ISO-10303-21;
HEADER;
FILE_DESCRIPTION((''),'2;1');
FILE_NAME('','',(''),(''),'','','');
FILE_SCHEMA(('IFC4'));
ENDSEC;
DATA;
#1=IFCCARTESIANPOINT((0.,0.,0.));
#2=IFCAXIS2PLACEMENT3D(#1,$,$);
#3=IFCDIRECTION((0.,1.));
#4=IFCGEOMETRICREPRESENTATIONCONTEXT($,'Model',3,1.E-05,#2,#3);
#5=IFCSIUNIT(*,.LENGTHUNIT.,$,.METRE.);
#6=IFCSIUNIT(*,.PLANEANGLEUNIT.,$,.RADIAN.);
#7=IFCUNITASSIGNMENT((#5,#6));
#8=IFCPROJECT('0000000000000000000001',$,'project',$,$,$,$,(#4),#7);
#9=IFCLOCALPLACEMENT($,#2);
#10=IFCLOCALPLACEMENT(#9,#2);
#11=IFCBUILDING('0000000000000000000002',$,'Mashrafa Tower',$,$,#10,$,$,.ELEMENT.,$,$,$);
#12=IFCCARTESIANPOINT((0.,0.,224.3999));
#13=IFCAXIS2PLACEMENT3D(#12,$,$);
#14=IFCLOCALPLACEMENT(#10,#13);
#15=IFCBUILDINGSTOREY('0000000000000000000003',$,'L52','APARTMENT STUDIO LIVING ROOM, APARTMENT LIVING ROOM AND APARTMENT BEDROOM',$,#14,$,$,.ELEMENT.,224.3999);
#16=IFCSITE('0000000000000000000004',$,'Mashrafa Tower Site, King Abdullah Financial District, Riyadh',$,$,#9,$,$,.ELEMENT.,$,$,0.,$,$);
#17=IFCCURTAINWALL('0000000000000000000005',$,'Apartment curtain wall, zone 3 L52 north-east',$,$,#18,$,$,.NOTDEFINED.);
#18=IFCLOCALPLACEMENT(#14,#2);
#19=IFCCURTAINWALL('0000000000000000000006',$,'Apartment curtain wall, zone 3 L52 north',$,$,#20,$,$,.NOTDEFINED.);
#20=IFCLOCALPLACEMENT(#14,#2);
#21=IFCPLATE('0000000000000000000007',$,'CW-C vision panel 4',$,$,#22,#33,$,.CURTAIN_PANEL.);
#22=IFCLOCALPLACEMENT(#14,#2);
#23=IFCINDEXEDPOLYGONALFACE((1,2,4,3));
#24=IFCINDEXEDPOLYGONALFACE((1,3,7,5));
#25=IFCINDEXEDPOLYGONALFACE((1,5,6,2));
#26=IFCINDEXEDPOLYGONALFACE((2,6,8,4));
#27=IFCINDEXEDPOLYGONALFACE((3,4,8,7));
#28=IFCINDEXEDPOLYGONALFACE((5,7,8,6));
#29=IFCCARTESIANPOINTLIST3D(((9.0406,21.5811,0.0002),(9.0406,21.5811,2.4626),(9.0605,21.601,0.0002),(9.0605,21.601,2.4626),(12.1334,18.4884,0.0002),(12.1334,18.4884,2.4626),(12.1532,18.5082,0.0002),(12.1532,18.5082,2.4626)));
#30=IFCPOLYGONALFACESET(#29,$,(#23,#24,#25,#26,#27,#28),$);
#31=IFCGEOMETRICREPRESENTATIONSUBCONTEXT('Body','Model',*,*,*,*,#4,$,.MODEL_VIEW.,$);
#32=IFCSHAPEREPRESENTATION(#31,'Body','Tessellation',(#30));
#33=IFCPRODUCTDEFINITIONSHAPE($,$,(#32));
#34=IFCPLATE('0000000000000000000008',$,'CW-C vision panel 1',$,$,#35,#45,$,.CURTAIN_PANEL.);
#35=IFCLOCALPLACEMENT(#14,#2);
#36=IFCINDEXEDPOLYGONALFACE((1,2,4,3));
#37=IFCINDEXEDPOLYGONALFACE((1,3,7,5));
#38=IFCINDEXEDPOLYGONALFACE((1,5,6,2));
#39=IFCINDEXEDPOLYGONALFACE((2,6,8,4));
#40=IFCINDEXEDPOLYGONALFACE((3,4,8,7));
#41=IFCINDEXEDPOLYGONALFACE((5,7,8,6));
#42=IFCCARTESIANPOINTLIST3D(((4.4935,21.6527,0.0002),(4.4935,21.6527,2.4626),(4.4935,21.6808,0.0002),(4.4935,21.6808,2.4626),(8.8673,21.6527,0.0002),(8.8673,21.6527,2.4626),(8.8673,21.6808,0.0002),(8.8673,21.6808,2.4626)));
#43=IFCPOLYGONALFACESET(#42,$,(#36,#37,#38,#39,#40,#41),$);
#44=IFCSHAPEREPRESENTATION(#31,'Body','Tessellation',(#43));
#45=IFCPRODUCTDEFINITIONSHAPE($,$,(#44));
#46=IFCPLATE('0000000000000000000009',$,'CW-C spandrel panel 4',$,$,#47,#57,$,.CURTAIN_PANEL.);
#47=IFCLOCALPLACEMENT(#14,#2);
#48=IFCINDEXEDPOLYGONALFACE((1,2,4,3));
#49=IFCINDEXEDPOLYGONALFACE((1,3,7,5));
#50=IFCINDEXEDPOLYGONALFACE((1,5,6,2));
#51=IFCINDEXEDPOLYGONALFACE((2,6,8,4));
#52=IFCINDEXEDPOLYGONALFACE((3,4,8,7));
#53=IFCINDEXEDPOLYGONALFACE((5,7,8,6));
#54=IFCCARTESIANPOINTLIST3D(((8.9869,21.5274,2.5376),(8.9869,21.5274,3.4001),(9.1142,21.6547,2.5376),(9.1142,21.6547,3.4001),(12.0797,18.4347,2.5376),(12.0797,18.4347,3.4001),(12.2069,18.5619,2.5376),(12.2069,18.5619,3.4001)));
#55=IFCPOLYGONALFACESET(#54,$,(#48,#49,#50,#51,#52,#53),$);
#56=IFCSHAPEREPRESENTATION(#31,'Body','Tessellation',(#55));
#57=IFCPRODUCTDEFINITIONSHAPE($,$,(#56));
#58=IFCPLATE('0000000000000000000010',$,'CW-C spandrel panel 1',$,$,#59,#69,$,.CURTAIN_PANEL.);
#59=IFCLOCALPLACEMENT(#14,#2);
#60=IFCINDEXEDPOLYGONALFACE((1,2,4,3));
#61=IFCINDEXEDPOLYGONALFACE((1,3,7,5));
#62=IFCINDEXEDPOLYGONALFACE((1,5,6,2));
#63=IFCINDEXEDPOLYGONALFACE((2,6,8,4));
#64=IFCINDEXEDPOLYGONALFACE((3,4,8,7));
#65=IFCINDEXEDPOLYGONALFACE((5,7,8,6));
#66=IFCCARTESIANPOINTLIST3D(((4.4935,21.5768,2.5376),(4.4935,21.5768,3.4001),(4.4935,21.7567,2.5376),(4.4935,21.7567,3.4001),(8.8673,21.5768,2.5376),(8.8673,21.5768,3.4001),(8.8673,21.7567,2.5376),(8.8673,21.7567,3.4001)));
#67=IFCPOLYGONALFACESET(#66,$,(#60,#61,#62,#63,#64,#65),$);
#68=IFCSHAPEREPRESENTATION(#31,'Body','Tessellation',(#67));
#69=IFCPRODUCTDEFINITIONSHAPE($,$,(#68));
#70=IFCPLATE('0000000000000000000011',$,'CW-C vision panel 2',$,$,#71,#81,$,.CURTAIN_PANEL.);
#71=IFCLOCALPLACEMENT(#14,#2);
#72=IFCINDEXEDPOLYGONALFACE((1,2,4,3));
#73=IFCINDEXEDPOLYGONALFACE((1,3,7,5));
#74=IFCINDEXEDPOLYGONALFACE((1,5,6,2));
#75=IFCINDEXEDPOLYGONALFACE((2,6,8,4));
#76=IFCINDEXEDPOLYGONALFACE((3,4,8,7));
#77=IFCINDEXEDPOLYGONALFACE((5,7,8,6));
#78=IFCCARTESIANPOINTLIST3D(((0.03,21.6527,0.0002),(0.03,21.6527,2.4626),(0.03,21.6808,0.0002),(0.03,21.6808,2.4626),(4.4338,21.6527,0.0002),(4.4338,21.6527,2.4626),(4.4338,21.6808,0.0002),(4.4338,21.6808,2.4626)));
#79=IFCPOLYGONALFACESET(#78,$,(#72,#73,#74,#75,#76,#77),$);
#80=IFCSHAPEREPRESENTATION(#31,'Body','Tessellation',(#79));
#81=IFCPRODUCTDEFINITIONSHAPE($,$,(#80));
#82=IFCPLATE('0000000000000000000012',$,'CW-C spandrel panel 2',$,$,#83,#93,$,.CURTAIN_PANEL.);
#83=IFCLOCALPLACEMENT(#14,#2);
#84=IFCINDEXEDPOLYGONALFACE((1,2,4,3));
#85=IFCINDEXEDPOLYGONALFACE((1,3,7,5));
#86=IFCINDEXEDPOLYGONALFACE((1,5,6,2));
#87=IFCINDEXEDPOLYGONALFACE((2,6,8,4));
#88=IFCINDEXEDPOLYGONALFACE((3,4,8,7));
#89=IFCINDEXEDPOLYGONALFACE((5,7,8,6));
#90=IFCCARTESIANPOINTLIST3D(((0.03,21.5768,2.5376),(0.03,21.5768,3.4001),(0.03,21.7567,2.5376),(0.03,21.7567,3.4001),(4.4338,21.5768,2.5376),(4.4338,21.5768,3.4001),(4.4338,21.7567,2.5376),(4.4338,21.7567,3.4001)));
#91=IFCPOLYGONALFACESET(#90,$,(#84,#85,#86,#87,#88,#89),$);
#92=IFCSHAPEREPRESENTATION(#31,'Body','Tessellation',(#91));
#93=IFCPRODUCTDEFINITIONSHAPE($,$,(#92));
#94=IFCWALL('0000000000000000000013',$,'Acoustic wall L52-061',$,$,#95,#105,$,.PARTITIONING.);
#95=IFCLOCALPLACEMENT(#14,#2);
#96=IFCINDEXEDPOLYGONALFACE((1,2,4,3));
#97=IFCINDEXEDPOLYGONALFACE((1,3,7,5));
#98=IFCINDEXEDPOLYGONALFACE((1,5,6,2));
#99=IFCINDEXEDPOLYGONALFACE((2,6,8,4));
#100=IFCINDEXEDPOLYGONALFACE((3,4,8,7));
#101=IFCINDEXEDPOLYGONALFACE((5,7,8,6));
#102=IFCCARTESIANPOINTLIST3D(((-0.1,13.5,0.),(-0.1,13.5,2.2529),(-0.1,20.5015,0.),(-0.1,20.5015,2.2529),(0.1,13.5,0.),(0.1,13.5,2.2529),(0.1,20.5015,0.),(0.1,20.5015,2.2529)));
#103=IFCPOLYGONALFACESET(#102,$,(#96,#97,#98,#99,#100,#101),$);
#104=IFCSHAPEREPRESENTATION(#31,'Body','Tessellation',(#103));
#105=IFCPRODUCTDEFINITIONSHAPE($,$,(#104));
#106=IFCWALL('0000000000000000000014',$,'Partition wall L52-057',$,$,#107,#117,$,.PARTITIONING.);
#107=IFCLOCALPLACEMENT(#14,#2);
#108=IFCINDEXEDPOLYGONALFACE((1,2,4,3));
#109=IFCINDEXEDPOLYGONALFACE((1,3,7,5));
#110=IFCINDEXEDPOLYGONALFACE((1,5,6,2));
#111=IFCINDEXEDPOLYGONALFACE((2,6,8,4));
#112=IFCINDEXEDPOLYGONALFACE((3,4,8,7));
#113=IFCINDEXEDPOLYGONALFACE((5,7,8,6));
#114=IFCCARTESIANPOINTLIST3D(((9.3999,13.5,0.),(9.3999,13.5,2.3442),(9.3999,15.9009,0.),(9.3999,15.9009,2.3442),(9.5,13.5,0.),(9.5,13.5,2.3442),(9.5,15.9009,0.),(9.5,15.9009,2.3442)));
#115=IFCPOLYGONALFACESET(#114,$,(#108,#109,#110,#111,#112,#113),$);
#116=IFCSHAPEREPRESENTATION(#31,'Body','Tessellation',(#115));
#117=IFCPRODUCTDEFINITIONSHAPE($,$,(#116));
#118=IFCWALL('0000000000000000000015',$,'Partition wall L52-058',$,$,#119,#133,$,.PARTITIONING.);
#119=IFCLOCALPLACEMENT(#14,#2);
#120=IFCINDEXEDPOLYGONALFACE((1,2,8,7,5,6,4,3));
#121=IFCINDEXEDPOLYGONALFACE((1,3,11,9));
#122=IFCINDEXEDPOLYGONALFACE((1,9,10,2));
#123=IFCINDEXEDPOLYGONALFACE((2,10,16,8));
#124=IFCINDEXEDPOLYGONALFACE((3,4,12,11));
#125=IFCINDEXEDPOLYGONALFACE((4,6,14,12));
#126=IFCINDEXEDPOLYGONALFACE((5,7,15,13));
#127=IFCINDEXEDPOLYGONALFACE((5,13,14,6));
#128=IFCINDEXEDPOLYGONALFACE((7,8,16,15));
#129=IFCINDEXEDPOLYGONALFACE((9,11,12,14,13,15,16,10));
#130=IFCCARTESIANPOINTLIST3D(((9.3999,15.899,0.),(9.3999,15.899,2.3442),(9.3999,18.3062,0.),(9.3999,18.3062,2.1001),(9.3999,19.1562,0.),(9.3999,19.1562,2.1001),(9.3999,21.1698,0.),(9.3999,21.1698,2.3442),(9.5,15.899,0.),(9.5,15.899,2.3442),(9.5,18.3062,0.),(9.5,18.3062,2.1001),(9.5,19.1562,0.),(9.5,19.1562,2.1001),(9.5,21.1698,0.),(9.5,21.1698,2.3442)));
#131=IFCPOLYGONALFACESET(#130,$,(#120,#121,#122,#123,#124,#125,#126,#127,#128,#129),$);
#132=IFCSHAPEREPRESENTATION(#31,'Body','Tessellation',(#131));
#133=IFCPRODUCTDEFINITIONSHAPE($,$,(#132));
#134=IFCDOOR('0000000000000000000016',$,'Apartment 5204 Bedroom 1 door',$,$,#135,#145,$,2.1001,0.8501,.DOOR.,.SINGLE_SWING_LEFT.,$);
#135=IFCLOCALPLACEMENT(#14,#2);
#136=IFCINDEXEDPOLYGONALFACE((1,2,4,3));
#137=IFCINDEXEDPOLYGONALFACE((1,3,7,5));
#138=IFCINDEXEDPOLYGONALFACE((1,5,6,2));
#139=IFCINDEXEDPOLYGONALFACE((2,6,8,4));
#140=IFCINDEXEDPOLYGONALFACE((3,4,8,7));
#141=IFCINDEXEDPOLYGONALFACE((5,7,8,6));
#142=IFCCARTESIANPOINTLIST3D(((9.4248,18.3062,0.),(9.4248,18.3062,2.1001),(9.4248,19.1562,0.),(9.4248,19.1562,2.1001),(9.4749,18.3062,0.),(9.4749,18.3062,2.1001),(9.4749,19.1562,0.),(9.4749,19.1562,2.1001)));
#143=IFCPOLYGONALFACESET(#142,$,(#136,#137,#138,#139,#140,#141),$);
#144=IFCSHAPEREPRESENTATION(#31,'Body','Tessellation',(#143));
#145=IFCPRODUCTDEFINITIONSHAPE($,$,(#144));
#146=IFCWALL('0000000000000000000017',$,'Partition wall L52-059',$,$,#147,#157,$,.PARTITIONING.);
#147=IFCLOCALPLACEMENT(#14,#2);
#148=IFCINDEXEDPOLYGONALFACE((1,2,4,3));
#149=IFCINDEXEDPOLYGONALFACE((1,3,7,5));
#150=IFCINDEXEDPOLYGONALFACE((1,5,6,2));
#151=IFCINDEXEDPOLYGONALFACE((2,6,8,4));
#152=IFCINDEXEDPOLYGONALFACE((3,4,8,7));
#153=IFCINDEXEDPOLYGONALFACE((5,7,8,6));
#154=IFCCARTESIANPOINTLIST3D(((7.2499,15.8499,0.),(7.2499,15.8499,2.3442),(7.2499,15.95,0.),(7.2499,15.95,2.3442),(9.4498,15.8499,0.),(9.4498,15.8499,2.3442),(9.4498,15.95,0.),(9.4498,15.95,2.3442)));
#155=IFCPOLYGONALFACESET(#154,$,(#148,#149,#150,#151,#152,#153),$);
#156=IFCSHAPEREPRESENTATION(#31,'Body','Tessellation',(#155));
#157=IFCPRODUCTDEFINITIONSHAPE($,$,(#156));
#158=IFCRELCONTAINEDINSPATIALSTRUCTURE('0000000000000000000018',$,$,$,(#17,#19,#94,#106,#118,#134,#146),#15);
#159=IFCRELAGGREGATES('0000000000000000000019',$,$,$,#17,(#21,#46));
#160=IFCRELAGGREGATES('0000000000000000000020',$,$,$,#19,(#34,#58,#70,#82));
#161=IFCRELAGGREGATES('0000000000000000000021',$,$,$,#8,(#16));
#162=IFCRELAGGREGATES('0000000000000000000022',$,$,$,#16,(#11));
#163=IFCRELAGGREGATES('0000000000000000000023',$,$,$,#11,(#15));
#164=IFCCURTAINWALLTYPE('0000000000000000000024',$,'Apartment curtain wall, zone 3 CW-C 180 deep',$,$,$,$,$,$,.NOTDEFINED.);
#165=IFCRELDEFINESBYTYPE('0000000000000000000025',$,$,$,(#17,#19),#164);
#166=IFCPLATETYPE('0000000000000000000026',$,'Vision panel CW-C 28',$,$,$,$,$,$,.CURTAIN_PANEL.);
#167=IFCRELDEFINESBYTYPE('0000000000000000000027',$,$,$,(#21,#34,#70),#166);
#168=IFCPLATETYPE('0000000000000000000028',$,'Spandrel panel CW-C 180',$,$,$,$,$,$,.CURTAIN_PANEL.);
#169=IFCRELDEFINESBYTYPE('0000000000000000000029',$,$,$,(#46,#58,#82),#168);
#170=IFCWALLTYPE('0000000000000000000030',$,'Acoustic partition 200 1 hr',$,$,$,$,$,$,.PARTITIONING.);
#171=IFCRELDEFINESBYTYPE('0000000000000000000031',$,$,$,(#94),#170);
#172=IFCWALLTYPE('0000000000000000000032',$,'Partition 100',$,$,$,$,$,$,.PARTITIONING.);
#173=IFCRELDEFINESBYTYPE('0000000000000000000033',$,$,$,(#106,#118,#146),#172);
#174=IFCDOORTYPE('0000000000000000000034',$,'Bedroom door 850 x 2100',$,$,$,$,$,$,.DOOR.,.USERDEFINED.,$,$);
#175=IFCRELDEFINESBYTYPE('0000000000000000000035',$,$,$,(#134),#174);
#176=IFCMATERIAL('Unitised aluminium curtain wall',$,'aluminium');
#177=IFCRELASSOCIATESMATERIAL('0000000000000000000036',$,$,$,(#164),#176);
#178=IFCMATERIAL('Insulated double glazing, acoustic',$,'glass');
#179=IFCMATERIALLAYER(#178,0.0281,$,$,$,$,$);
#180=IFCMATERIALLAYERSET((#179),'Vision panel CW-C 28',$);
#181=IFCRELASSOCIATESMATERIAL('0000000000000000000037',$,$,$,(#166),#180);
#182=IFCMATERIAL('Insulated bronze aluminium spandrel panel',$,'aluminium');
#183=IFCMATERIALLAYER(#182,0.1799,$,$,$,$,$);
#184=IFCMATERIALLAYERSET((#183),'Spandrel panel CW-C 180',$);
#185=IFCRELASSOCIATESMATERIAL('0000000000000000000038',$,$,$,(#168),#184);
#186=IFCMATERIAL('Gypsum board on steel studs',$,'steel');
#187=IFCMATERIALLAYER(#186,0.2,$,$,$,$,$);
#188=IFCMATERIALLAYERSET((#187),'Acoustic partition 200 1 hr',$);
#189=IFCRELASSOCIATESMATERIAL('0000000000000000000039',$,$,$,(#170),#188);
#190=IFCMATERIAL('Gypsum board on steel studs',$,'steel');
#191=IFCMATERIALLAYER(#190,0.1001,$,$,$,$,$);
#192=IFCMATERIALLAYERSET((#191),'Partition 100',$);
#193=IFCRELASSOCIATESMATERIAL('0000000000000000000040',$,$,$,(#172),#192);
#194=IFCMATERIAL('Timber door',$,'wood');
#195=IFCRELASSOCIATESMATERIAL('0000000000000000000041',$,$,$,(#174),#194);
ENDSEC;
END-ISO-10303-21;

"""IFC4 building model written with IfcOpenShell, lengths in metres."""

from ifc_helpers import new_model, si_unit, direction, frame, frame_2d, origin, origin_2d, place, context, subcontext, project, spatial, rectangle, extrude, source, transform, mapped, material, layer, layer_set, type_object, type_shapes, element, fill, aggregate, save


model = new_model("IFC4")

# Units and contexts
model_context = context("Model", 3, precision=1e-05, world=origin(), true_north=direction((0.0, 1.0)))
body_context = subcontext(model_context, "Body", "Model", "MODEL_VIEW")
ifc_project = project(units=[si_unit("LENGTHUNIT", "METRE"), si_unit("PLANEANGLEUNIT", "RADIAN")], contexts=[model_context])

# Site, building, storey
site_placement = place(None, origin())
site = spatial("IfcSite", under=ifc_project, at=site_placement, Name="Mashrafa Tower Site, King Abdullah Financial District, Riyadh", CompositionType="ELEMENT", RefElevation=0.0)
building_placement = place(site_placement, origin())
building = spatial("IfcBuilding", under=site, at=building_placement, Name="Mashrafa Tower", CompositionType="ELEMENT")
storey_placement = place(building_placement, frame((0.0, 0.0, 224.3999)))
storey = spatial("IfcBuildingStorey", under=building, at=storey_placement, Name="L52", Description="APARTMENT STUDIO LIVING ROOM, APARTMENT LIVING ROOM AND APARTMENT BEDROOM", CompositionType="ELEMENT", Elevation=224.3999)

# Curtain wall
ifc_material_1 = material(Name="Unitised aluminium curtain wall", Category="aluminium")
curtain_wall_type = type_object("IfcCurtainWallType", Name="Apartment curtain wall, zone 3 CW-C 180 deep", PredefinedType="NOTDEFINED", material=ifc_material_1)
curtain_wall_1_placement = place(storey_placement, origin())
curtain_wall_1 = element("IfcCurtainWall", 1, at=curtain_wall_1_placement, inside=storey, type_object=curtain_wall_type, Name="Apartment curtain wall, zone 3 L52 north-east", PredefinedType="NOTDEFINED")

# Curtain wall
curtain_wall_2_placement = place(storey_placement, origin())
curtain_wall_2 = element("IfcCurtainWall", 2, at=curtain_wall_2_placement, inside=storey, type_object=curtain_wall_type, Name="Apartment curtain wall, zone 3 L52 north", PredefinedType="NOTDEFINED")

# Plates
ifc_material_2 = material(Name="Insulated double glazing, acoustic", Category="glass")
ifc_layer_1 = layer(ifc_material_2, 0.0281)
ifc_layer_set_1 = layer_set([ifc_layer_1], Name="Vision panel CW-C 28")
plate_type_1 = type_object("IfcPlateType", Name="Vision panel CW-C 28", PredefinedType="CURTAIN_PANEL", material=ifc_layer_set_1)
shared_shape_1 = source(origin(), body_context, "Body", "SweptSolid", [
    extrude(rectangle(XDim=4.3738, YDim=0.0281, at=origin_2d()), origin(), (0.0, 0.0, 1.0), 2.4624),
])
plate_1_placement = place(storey_placement, frame((10.5969, 20.0447, 0.0002), z_axis=(0.0, 0.0, 1.0), x_axis=(-0.707107, 0.707107, 0.0)))
plate_1 = element("IfcPlate", 3, at=plate_1_placement, type_object=plate_type_1, Name="CW-C vision panel 4", PredefinedType="CURTAIN_PANEL", context=body_context, shape_type="MappedRepresentation", body=[
    mapped(shared_shape_1, transform((0.0, 0.0, 0.0))),
])
plate_2_placement = place(storey_placement, frame((6.6804, 21.6667, 0.0002), z_axis=(0.0, 0.0, 1.0), x_axis=(-1.0, 0.0, 0.0)))
plate_2 = element("IfcPlate", 4, at=plate_2_placement, type_object=plate_type_1, Name="CW-C vision panel 1", PredefinedType="CURTAIN_PANEL", context=body_context, shape_type="MappedRepresentation", body=[
    mapped(shared_shape_1, transform((0.0, 0.0, 0.0))),
])
ifc_material_3 = material(Name="Insulated bronze aluminium spandrel panel", Category="aluminium")
ifc_layer_2 = layer(ifc_material_3, 0.1799)
ifc_layer_set_2 = layer_set([ifc_layer_2], Name="Spandrel panel CW-C 180")
plate_type_2 = type_object("IfcPlateType", Name="Spandrel panel CW-C 180", PredefinedType="CURTAIN_PANEL", material=ifc_layer_set_2)
shared_shape_2 = source(origin(), body_context, "Body", "SweptSolid", [
    extrude(rectangle(XDim=4.3738, YDim=0.1799, at=origin_2d()), origin(), (0.0, 0.0, 1.0), 0.8625),
])
plate_3_placement = place(storey_placement, frame((10.5969, 20.0447, 2.5376), z_axis=(0.0, 0.0, 1.0), x_axis=(-0.707107, 0.707107, 0.0)))
plate_3 = element("IfcPlate", 5, at=plate_3_placement, type_object=plate_type_2, Name="CW-C spandrel panel 4", PredefinedType="CURTAIN_PANEL", context=body_context, shape_type="MappedRepresentation", body=[
    mapped(shared_shape_2, transform((0.0, 0.0, 0.0))),
])
aggregate(curtain_wall_1, [plate_1, plate_3])
plate_4_placement = place(storey_placement, frame((6.6804, 21.6667, 2.5376), z_axis=(0.0, 0.0, 1.0), x_axis=(-1.0, 0.0, 0.0)))
plate_4 = element("IfcPlate", 6, at=plate_4_placement, type_object=plate_type_2, Name="CW-C spandrel panel 1", PredefinedType="CURTAIN_PANEL", context=body_context, shape_type="MappedRepresentation", body=[
    mapped(shared_shape_2, transform((0.0, 0.0, 0.0))),
])
shared_shape_3 = source(origin(), body_context, "Body", "SweptSolid", [
    extrude(rectangle(XDim=4.4038, YDim=0.0281, at=origin_2d()), origin(), (0.0, 0.0, 1.0), 2.4624),
])
type_shapes(plate_type_1, [shared_shape_1, shared_shape_3])
plate_5_placement = place(storey_placement, frame((2.2319, 21.6667, 0.0002), z_axis=(0.0, 0.0, 1.0), x_axis=(-1.0, 0.0, 0.0)))
plate_5 = element("IfcPlate", 7, at=plate_5_placement, type_object=plate_type_1, Name="CW-C vision panel 2", PredefinedType="CURTAIN_PANEL", context=body_context, shape_type="MappedRepresentation", body=[
    mapped(shared_shape_3, transform((0.0, 0.0, 0.0))),
])
shared_shape_4 = source(origin(), body_context, "Body", "SweptSolid", [
    extrude(rectangle(XDim=4.4038, YDim=0.1799, at=origin_2d()), origin(), (0.0, 0.0, 1.0), 0.8625),
])
type_shapes(plate_type_2, [shared_shape_2, shared_shape_4])
plate_6_placement = place(storey_placement, frame((2.2319, 21.6667, 2.5376), z_axis=(0.0, 0.0, 1.0), x_axis=(-1.0, 0.0, 0.0)))
plate_6 = element("IfcPlate", 8, at=plate_6_placement, type_object=plate_type_2, Name="CW-C spandrel panel 2", PredefinedType="CURTAIN_PANEL", context=body_context, shape_type="MappedRepresentation", body=[
    mapped(shared_shape_4, transform((0.0, 0.0, 0.0))),
])
aggregate(curtain_wall_2, [plate_2, plate_4, plate_5, plate_6])

# Walls
ifc_material_4 = material(Name="Gypsum board on steel studs", Category="steel")
ifc_layer_3 = layer(ifc_material_4, 0.2)
ifc_layer_set_3 = layer_set([ifc_layer_3], Name="Acoustic partition 200 1 hr")
wall_type_1 = type_object("IfcWallType", Name="Acoustic partition 200 1 hr", PredefinedType="PARTITIONING", material=ifc_layer_set_3)
wall_1_placement = place(storey_placement, frame((0.0, 20.5015, 0.0), z_axis=(0.0, 0.0, 1.0), x_axis=(0.0, -1.0, 0.0)))
element("IfcWall", 9, at=wall_1_placement, inside=storey, type_object=wall_type_1, Name="Acoustic wall L52-061", PredefinedType="PARTITIONING", context=body_context, shape_type="SweptSolid", body=[
    extrude(rectangle(XDim=7.0015, YDim=0.2, at=frame_2d((3.5007, 0.0))), origin(), (0.0, 0.0, 1.0), 2.2529),
])
ifc_material_5 = material(Name="Gypsum board on steel studs", Category="steel")
ifc_layer_4 = layer(ifc_material_5, 0.1001)
ifc_layer_set_4 = layer_set([ifc_layer_4], Name="Partition 100")
wall_type_2 = type_object("IfcWallType", Name="Partition 100", PredefinedType="PARTITIONING", material=ifc_layer_set_4)
wall_2_placement = place(storey_placement, frame((9.45, 15.9009, 0.0), z_axis=(0.0, 0.0, 1.0), x_axis=(0.0, -1.0, 0.0)))
element("IfcWall", 10, at=wall_2_placement, inside=storey, type_object=wall_type_2, Name="Partition wall L52-057", PredefinedType="PARTITIONING", context=body_context, shape_type="SweptSolid", body=[
    extrude(rectangle(XDim=2.4009, YDim=0.1001, at=frame_2d((1.2004, 0.0))), origin(), (0.0, 0.0, 1.0), 2.3442),
])

# Wall, opening, door
wall_3_placement = place(storey_placement, frame((9.45, 21.1697, 0.0), z_axis=(0.0, 0.0, 1.0), x_axis=(0.0, -1.0, 0.0)))
wall_3 = element("IfcWall", 11, at=wall_3_placement, inside=storey, type_object=wall_type_2, Name="Partition wall L52-058", PredefinedType="PARTITIONING", context=body_context, shape_type="SweptSolid", body=[
    extrude(rectangle(XDim=5.2708, YDim=0.1001, at=frame_2d((2.6353, 0.0))), origin(), (0.0, 0.0, 1.0), 2.3442),
])
opening_1_placement = place(wall_3_placement, frame((2.0134, 0.0, 0.0)))
opening_1 = element("IfcOpeningElement", 12, at=opening_1_placement, cuts=wall_3, PredefinedType="OPENING", context=body_context, shape_type="SweptSolid", body=[
    extrude(rectangle(XDim=0.8501, YDim=2.1001, at=frame_2d((0.425, 1.05))), frame((0.0, 0.0601, 0.0), z_axis=(0.0, -1.0, 0.0), x_axis=(1.0, 0.0, 0.0)), (0.0, 0.0, 1.0), 0.1201),
])
ifc_material_6 = material(Name="Timber door", Category="wood")
door_type_1 = type_object("IfcDoorType", Name="Bedroom door 850 x 2100", OperationType="USERDEFINED", PredefinedType="DOOR", material=ifc_material_6)
door_1_placement = place(opening_1_placement, origin())
door_1 = element("IfcDoor", 13, at=door_1_placement, inside=storey, type_object=door_type_1, Name="Apartment 5204 Bedroom 1 door", OperationType="SINGLE_SWING_LEFT", OverallHeight=2.1001, OverallWidth=0.8501, PredefinedType="DOOR", context=body_context, shape_type="SweptSolid", body=[
    extrude(rectangle(XDim=0.8501, YDim=2.1001, at=frame_2d((0.425, 1.05))), frame((0.0, 0.0249, 0.0), z_axis=(0.0, -1.0, 0.0), x_axis=(1.0, 0.0, 0.0)), (0.0, 0.0, 1.0), 0.05),
])
fill(opening_1, door_1)

# Wall
wall_4_placement = place(storey_placement, frame((9.45, 15.8999, 0.0), z_axis=(0.0, 0.0, 1.0), x_axis=(-1.0, 0.0, 0.0)))
element("IfcWall", 14, at=wall_4_placement, inside=storey, type_object=wall_type_2, Name="Partition wall L52-059", PredefinedType="PARTITIONING", context=body_context, shape_type="SweptSolid", body=[
    extrude(rectangle(XDim=2.2, YDim=0.1001, at=frame_2d((1.1001, 0.0))), origin(), (0.0, 0.0, 1.0), 2.3442),
])

save(model, "model.ifc")
